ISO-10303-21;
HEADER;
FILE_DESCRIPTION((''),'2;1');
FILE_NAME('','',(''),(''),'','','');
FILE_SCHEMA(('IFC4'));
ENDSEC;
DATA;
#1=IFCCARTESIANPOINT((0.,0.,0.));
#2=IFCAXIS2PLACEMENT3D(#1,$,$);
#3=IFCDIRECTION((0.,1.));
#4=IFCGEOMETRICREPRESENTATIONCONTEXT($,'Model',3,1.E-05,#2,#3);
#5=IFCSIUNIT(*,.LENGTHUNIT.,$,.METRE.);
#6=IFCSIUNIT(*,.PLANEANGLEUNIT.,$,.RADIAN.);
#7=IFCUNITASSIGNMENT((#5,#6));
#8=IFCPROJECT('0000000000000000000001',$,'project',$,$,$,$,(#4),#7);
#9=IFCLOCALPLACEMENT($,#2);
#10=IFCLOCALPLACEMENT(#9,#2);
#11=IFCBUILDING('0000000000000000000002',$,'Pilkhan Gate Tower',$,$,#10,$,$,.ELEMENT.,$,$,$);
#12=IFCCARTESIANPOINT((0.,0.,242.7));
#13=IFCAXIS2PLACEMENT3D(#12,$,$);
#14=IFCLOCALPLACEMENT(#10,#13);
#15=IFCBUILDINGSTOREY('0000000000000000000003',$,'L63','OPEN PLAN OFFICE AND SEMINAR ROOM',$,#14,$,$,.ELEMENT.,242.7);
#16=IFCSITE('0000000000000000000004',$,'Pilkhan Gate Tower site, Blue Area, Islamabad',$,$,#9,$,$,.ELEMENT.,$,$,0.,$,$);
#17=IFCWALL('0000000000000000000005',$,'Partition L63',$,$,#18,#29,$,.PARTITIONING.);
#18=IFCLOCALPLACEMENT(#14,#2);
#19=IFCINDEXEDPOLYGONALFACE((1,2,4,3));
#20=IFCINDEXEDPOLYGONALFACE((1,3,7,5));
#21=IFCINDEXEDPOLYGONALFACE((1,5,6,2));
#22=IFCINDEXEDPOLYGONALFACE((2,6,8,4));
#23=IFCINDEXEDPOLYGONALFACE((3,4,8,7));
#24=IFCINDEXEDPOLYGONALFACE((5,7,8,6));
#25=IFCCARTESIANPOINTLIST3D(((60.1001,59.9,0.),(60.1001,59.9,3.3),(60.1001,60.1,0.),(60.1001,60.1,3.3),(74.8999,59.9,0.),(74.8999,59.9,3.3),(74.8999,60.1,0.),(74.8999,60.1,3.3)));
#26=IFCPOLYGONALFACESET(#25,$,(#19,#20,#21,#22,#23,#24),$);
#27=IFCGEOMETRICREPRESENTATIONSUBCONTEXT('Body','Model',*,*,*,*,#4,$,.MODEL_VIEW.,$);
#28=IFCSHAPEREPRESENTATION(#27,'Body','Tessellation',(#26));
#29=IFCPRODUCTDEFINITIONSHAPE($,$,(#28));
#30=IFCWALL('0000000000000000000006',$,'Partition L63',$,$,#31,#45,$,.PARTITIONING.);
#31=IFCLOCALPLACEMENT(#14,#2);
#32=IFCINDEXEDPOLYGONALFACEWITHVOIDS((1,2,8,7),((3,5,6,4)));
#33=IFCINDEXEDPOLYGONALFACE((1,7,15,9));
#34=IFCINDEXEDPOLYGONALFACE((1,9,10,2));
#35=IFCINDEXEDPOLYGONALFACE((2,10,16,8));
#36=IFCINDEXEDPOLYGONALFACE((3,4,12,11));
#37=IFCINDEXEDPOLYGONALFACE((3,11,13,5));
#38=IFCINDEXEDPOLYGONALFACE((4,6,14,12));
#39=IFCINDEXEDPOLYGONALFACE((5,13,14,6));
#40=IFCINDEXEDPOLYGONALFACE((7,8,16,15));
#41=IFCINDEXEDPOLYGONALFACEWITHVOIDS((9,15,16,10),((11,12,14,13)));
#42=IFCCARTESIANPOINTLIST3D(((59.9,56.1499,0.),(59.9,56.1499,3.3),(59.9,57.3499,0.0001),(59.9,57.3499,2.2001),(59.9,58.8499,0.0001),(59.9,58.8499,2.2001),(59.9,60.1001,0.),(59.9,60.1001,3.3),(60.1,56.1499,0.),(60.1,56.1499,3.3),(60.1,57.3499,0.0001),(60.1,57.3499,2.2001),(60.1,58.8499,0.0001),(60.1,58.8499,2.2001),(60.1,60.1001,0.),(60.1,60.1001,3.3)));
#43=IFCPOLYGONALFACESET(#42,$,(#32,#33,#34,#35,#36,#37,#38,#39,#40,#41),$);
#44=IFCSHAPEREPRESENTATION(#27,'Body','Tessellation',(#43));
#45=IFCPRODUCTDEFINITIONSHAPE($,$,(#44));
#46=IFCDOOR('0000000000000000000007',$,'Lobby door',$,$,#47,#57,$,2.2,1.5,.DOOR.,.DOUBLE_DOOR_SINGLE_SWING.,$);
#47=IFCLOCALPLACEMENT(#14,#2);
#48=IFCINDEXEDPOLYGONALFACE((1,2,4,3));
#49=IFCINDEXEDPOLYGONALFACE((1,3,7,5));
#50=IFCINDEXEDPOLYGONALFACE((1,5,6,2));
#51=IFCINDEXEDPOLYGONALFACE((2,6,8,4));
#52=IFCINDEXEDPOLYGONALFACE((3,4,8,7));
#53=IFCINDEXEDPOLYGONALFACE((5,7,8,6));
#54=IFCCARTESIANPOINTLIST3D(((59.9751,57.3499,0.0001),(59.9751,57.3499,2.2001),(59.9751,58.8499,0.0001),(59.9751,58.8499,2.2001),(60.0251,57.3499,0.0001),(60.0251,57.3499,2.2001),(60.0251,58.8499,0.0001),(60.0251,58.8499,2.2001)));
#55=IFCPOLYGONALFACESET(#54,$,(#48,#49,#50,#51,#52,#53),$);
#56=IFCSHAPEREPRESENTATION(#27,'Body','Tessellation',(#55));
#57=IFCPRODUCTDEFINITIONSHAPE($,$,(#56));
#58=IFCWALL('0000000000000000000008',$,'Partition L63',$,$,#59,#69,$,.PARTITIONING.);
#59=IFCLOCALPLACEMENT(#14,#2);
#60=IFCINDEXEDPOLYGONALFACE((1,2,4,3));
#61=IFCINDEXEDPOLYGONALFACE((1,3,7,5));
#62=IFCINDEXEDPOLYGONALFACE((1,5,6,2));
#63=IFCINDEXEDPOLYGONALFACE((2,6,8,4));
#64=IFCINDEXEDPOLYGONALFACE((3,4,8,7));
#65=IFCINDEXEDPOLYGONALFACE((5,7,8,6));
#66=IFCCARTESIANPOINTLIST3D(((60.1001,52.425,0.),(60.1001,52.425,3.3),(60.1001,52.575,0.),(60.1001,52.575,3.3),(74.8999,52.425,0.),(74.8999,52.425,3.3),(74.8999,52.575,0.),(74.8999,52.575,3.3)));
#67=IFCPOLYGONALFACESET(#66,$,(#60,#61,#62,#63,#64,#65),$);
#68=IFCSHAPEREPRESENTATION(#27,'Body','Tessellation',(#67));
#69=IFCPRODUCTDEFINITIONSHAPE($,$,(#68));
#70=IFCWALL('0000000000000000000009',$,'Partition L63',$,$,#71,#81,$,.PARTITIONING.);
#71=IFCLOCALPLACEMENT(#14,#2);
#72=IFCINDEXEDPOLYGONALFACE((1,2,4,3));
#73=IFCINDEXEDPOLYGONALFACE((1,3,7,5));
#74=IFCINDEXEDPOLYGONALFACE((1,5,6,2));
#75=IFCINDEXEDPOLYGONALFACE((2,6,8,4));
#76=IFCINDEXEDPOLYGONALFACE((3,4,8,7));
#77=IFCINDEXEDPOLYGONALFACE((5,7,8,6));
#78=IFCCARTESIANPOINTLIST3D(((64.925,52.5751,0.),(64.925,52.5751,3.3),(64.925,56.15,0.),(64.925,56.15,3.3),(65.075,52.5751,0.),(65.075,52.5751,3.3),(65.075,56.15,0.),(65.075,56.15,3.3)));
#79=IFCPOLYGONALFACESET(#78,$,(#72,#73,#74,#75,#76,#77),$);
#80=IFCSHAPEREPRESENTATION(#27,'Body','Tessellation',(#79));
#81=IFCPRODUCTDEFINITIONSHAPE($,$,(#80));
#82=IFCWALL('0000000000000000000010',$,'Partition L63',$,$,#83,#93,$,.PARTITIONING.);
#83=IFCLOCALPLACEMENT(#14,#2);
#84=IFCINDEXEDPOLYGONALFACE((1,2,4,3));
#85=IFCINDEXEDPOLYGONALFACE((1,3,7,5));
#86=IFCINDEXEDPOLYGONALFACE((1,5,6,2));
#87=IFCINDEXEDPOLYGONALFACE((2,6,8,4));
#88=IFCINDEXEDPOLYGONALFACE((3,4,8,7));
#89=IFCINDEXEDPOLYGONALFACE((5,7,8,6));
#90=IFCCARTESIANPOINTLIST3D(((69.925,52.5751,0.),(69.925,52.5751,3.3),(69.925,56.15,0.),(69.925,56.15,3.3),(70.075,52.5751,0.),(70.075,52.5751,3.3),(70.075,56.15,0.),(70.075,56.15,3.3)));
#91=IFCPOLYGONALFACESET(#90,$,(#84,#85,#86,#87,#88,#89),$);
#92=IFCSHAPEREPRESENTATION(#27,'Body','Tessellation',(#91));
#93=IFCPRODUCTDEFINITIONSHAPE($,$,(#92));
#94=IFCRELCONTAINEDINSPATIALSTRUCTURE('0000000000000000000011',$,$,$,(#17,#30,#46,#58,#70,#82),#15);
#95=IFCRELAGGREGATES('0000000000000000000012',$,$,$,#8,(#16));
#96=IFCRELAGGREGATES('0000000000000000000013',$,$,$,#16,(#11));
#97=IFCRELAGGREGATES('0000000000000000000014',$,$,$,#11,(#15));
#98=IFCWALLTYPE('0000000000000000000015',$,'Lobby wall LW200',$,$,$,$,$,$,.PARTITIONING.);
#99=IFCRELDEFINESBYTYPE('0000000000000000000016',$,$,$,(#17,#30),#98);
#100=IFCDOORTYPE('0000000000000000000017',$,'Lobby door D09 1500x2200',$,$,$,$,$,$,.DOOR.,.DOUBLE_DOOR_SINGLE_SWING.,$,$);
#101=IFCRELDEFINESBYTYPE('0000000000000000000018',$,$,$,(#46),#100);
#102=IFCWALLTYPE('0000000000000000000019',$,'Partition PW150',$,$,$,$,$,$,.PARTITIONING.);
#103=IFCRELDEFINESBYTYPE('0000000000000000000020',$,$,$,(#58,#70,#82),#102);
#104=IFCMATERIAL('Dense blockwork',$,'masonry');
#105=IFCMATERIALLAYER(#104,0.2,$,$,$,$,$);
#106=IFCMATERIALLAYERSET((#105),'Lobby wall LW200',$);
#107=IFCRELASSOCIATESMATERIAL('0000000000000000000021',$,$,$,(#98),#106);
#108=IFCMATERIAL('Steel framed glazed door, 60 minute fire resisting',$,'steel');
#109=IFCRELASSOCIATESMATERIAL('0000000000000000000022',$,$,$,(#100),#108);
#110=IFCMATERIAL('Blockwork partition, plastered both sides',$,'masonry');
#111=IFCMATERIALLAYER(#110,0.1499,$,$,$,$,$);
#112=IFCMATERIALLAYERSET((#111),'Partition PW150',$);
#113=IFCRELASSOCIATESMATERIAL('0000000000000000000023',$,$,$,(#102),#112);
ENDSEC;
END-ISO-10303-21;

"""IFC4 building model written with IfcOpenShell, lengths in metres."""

from ifc_helpers import new_model, si_unit, direction, frame, frame_2d, origin, place, context, subcontext, project, spatial, rectangle, extrude, material, layer, layer_set, type_object, element, fill, save


model = new_model("IFC4")

# Units and contexts
model_context = context("Model", 3, precision=1e-05, world=origin(), true_north=direction((0.0, 1.0)))
body_context = subcontext(model_context, "Body", "Model", "MODEL_VIEW")
ifc_project = project(units=[si_unit("LENGTHUNIT", "METRE"), si_unit("PLANEANGLEUNIT", "RADIAN")], contexts=[model_context])

# Site, building, storey
site_placement = place(None, origin())
site = spatial("IfcSite", under=ifc_project, at=site_placement, Name="Pilkhan Gate Tower site, Blue Area, Islamabad", CompositionType="ELEMENT", RefElevation=0.0)
building_placement = place(site_placement, origin())
building = spatial("IfcBuilding", under=site, at=building_placement, Name="Pilkhan Gate Tower", CompositionType="ELEMENT")
storey_placement = place(building_placement, frame((0.0, 0.0, 242.7)))
storey = spatial("IfcBuildingStorey", under=building, at=storey_placement, Name="L63", Description="OPEN PLAN OFFICE AND SEMINAR ROOM", CompositionType="ELEMENT", Elevation=242.7)

# Shared definitions
ifc_material_1 = material(Name="Dense blockwork", Category="masonry")

# Shared definitions
ifc_layer_1 = layer(ifc_material_1, 0.2)
ifc_layer_set_1 = layer_set([ifc_layer_1], Name="Lobby wall LW200")
wall_type_1 = type_object("IfcWallType", Name="Lobby wall LW200", PredefinedType="PARTITIONING", material=ifc_layer_set_1)

# Wall
wall_1_placement = place(storey_placement, frame((60.1001, 60.0, 0.0), z_axis=(0.0, 0.0, 1.0), x_axis=(1.0, 0.0, 0.0)))
element("IfcWall", 1, at=wall_1_placement, inside=storey, type_object=wall_type_1, Name="Partition L63", PredefinedType="PARTITIONING", context=body_context, shape_type="SweptSolid", body=[
    extrude(rectangle(XDim=14.7998, YDim=0.2, at=frame_2d((7.3999, 0.0))), origin(), (0.0, 0.0, 1.0), 3.3),
])

# Wall, opening, door
wall_2_placement = place(storey_placement, frame((60.0, 56.1499, 0.0), z_axis=(0.0, 0.0, 1.0), x_axis=(0.0, 1.0, 0.0)))
wall_2 = element("IfcWall", 2, at=wall_2_placement, inside=storey, type_object=wall_type_1, Name="Partition L63", PredefinedType="PARTITIONING", context=body_context, shape_type="SweptSolid", body=[
    extrude(rectangle(XDim=3.9502, YDim=0.2, at=frame_2d((1.9751, 0.0))), origin(), (0.0, 0.0, 1.0), 3.3),
])
opening_1_placement = place(wall_2_placement, frame((1.2, 0.0, 0.0)))
opening_1 = element("IfcOpeningElement", 3, at=opening_1_placement, cuts=wall_2, PredefinedType="OPENING", context=body_context, shape_type="SweptSolid", body=[
    extrude(rectangle(XDim=1.5, YDim=2.2, at=frame_2d((0.75, 1.1001))), frame((0.0, 0.1099, 0.0), z_axis=(0.0, -1.0, 0.0), x_axis=(1.0, 0.0, 0.0)), (0.0, 0.0, 1.0), 0.22),
])
ifc_material_2 = material(Name="Steel framed glazed door, 60 minute fire resisting", Category="steel")
door_type_1 = type_object("IfcDoorType", Name="Lobby door D09 1500x2200", OperationType="DOUBLE_DOOR_SINGLE_SWING", PredefinedType="DOOR", material=ifc_material_2)
door_1_placement = place(opening_1_placement, origin())
door_1 = element("IfcDoor", 4, at=door_1_placement, inside=storey, type_object=door_type_1, Name="Lobby door", OperationType="DOUBLE_DOOR_SINGLE_SWING", OverallHeight=2.2, OverallWidth=1.5, PredefinedType="DOOR", context=body_context, shape_type="SweptSolid", body=[
    extrude(rectangle(XDim=1.5, YDim=2.2, at=frame_2d((0.75, 1.1001))), frame((0.0, 0.0249, 0.0), z_axis=(0.0, -1.0, 0.0), x_axis=(1.0, 0.0, 0.0)), (0.0, 0.0, 1.0), 0.05),
])
fill(opening_1, door_1)

# Walls
ifc_material_3 = material(Name="Blockwork partition, plastered both sides", Category="masonry")
ifc_layer_2 = layer(ifc_material_3, 0.1499)
ifc_layer_set_2 = layer_set([ifc_layer_2], Name="Partition PW150")
wall_type_2 = type_object("IfcWallType", Name="Partition PW150", PredefinedType="PARTITIONING", material=ifc_layer_set_2)
wall_3_placement = place(storey_placement, frame((60.1001, 52.5, 0.0), z_axis=(0.0, 0.0, 1.0), x_axis=(1.0, 0.0, 0.0)))
element("IfcWall", 5, at=wall_3_placement, inside=storey, type_object=wall_type_2, Name="Partition L63", PredefinedType="PARTITIONING", context=body_context, shape_type="SweptSolid", body=[
    extrude(rectangle(XDim=14.7998, YDim=0.1499, at=frame_2d((7.3999, 0.0))), origin(), (0.0, 0.0, 1.0), 3.3),
])
for number, where, z_axis, x_axis, name in (
    (6, (65.0, 52.575, 0.0), (0.0, 0.0, 1.0), (0.0, 1.0, 0.0), "Partition L63"),
    (7, (70.0, 52.575, 0.0), (0.0, 0.0, 1.0), (0.0, 1.0, 0.0), "Partition L63"),
):
    element("IfcWall", number, at=place(storey_placement, frame(where, z_axis=z_axis, x_axis=x_axis)), inside=storey, type_object=wall_type_2, Name=name, PredefinedType="PARTITIONING", context=body_context, shape_type="SweptSolid", body=[
        extrude(rectangle(XDim=3.575, YDim=0.1499, at=frame_2d((1.7876, 0.0))), origin(), (0.0, 0.0, 1.0), 3.3),
    ])

save(model, "model.ifc")
